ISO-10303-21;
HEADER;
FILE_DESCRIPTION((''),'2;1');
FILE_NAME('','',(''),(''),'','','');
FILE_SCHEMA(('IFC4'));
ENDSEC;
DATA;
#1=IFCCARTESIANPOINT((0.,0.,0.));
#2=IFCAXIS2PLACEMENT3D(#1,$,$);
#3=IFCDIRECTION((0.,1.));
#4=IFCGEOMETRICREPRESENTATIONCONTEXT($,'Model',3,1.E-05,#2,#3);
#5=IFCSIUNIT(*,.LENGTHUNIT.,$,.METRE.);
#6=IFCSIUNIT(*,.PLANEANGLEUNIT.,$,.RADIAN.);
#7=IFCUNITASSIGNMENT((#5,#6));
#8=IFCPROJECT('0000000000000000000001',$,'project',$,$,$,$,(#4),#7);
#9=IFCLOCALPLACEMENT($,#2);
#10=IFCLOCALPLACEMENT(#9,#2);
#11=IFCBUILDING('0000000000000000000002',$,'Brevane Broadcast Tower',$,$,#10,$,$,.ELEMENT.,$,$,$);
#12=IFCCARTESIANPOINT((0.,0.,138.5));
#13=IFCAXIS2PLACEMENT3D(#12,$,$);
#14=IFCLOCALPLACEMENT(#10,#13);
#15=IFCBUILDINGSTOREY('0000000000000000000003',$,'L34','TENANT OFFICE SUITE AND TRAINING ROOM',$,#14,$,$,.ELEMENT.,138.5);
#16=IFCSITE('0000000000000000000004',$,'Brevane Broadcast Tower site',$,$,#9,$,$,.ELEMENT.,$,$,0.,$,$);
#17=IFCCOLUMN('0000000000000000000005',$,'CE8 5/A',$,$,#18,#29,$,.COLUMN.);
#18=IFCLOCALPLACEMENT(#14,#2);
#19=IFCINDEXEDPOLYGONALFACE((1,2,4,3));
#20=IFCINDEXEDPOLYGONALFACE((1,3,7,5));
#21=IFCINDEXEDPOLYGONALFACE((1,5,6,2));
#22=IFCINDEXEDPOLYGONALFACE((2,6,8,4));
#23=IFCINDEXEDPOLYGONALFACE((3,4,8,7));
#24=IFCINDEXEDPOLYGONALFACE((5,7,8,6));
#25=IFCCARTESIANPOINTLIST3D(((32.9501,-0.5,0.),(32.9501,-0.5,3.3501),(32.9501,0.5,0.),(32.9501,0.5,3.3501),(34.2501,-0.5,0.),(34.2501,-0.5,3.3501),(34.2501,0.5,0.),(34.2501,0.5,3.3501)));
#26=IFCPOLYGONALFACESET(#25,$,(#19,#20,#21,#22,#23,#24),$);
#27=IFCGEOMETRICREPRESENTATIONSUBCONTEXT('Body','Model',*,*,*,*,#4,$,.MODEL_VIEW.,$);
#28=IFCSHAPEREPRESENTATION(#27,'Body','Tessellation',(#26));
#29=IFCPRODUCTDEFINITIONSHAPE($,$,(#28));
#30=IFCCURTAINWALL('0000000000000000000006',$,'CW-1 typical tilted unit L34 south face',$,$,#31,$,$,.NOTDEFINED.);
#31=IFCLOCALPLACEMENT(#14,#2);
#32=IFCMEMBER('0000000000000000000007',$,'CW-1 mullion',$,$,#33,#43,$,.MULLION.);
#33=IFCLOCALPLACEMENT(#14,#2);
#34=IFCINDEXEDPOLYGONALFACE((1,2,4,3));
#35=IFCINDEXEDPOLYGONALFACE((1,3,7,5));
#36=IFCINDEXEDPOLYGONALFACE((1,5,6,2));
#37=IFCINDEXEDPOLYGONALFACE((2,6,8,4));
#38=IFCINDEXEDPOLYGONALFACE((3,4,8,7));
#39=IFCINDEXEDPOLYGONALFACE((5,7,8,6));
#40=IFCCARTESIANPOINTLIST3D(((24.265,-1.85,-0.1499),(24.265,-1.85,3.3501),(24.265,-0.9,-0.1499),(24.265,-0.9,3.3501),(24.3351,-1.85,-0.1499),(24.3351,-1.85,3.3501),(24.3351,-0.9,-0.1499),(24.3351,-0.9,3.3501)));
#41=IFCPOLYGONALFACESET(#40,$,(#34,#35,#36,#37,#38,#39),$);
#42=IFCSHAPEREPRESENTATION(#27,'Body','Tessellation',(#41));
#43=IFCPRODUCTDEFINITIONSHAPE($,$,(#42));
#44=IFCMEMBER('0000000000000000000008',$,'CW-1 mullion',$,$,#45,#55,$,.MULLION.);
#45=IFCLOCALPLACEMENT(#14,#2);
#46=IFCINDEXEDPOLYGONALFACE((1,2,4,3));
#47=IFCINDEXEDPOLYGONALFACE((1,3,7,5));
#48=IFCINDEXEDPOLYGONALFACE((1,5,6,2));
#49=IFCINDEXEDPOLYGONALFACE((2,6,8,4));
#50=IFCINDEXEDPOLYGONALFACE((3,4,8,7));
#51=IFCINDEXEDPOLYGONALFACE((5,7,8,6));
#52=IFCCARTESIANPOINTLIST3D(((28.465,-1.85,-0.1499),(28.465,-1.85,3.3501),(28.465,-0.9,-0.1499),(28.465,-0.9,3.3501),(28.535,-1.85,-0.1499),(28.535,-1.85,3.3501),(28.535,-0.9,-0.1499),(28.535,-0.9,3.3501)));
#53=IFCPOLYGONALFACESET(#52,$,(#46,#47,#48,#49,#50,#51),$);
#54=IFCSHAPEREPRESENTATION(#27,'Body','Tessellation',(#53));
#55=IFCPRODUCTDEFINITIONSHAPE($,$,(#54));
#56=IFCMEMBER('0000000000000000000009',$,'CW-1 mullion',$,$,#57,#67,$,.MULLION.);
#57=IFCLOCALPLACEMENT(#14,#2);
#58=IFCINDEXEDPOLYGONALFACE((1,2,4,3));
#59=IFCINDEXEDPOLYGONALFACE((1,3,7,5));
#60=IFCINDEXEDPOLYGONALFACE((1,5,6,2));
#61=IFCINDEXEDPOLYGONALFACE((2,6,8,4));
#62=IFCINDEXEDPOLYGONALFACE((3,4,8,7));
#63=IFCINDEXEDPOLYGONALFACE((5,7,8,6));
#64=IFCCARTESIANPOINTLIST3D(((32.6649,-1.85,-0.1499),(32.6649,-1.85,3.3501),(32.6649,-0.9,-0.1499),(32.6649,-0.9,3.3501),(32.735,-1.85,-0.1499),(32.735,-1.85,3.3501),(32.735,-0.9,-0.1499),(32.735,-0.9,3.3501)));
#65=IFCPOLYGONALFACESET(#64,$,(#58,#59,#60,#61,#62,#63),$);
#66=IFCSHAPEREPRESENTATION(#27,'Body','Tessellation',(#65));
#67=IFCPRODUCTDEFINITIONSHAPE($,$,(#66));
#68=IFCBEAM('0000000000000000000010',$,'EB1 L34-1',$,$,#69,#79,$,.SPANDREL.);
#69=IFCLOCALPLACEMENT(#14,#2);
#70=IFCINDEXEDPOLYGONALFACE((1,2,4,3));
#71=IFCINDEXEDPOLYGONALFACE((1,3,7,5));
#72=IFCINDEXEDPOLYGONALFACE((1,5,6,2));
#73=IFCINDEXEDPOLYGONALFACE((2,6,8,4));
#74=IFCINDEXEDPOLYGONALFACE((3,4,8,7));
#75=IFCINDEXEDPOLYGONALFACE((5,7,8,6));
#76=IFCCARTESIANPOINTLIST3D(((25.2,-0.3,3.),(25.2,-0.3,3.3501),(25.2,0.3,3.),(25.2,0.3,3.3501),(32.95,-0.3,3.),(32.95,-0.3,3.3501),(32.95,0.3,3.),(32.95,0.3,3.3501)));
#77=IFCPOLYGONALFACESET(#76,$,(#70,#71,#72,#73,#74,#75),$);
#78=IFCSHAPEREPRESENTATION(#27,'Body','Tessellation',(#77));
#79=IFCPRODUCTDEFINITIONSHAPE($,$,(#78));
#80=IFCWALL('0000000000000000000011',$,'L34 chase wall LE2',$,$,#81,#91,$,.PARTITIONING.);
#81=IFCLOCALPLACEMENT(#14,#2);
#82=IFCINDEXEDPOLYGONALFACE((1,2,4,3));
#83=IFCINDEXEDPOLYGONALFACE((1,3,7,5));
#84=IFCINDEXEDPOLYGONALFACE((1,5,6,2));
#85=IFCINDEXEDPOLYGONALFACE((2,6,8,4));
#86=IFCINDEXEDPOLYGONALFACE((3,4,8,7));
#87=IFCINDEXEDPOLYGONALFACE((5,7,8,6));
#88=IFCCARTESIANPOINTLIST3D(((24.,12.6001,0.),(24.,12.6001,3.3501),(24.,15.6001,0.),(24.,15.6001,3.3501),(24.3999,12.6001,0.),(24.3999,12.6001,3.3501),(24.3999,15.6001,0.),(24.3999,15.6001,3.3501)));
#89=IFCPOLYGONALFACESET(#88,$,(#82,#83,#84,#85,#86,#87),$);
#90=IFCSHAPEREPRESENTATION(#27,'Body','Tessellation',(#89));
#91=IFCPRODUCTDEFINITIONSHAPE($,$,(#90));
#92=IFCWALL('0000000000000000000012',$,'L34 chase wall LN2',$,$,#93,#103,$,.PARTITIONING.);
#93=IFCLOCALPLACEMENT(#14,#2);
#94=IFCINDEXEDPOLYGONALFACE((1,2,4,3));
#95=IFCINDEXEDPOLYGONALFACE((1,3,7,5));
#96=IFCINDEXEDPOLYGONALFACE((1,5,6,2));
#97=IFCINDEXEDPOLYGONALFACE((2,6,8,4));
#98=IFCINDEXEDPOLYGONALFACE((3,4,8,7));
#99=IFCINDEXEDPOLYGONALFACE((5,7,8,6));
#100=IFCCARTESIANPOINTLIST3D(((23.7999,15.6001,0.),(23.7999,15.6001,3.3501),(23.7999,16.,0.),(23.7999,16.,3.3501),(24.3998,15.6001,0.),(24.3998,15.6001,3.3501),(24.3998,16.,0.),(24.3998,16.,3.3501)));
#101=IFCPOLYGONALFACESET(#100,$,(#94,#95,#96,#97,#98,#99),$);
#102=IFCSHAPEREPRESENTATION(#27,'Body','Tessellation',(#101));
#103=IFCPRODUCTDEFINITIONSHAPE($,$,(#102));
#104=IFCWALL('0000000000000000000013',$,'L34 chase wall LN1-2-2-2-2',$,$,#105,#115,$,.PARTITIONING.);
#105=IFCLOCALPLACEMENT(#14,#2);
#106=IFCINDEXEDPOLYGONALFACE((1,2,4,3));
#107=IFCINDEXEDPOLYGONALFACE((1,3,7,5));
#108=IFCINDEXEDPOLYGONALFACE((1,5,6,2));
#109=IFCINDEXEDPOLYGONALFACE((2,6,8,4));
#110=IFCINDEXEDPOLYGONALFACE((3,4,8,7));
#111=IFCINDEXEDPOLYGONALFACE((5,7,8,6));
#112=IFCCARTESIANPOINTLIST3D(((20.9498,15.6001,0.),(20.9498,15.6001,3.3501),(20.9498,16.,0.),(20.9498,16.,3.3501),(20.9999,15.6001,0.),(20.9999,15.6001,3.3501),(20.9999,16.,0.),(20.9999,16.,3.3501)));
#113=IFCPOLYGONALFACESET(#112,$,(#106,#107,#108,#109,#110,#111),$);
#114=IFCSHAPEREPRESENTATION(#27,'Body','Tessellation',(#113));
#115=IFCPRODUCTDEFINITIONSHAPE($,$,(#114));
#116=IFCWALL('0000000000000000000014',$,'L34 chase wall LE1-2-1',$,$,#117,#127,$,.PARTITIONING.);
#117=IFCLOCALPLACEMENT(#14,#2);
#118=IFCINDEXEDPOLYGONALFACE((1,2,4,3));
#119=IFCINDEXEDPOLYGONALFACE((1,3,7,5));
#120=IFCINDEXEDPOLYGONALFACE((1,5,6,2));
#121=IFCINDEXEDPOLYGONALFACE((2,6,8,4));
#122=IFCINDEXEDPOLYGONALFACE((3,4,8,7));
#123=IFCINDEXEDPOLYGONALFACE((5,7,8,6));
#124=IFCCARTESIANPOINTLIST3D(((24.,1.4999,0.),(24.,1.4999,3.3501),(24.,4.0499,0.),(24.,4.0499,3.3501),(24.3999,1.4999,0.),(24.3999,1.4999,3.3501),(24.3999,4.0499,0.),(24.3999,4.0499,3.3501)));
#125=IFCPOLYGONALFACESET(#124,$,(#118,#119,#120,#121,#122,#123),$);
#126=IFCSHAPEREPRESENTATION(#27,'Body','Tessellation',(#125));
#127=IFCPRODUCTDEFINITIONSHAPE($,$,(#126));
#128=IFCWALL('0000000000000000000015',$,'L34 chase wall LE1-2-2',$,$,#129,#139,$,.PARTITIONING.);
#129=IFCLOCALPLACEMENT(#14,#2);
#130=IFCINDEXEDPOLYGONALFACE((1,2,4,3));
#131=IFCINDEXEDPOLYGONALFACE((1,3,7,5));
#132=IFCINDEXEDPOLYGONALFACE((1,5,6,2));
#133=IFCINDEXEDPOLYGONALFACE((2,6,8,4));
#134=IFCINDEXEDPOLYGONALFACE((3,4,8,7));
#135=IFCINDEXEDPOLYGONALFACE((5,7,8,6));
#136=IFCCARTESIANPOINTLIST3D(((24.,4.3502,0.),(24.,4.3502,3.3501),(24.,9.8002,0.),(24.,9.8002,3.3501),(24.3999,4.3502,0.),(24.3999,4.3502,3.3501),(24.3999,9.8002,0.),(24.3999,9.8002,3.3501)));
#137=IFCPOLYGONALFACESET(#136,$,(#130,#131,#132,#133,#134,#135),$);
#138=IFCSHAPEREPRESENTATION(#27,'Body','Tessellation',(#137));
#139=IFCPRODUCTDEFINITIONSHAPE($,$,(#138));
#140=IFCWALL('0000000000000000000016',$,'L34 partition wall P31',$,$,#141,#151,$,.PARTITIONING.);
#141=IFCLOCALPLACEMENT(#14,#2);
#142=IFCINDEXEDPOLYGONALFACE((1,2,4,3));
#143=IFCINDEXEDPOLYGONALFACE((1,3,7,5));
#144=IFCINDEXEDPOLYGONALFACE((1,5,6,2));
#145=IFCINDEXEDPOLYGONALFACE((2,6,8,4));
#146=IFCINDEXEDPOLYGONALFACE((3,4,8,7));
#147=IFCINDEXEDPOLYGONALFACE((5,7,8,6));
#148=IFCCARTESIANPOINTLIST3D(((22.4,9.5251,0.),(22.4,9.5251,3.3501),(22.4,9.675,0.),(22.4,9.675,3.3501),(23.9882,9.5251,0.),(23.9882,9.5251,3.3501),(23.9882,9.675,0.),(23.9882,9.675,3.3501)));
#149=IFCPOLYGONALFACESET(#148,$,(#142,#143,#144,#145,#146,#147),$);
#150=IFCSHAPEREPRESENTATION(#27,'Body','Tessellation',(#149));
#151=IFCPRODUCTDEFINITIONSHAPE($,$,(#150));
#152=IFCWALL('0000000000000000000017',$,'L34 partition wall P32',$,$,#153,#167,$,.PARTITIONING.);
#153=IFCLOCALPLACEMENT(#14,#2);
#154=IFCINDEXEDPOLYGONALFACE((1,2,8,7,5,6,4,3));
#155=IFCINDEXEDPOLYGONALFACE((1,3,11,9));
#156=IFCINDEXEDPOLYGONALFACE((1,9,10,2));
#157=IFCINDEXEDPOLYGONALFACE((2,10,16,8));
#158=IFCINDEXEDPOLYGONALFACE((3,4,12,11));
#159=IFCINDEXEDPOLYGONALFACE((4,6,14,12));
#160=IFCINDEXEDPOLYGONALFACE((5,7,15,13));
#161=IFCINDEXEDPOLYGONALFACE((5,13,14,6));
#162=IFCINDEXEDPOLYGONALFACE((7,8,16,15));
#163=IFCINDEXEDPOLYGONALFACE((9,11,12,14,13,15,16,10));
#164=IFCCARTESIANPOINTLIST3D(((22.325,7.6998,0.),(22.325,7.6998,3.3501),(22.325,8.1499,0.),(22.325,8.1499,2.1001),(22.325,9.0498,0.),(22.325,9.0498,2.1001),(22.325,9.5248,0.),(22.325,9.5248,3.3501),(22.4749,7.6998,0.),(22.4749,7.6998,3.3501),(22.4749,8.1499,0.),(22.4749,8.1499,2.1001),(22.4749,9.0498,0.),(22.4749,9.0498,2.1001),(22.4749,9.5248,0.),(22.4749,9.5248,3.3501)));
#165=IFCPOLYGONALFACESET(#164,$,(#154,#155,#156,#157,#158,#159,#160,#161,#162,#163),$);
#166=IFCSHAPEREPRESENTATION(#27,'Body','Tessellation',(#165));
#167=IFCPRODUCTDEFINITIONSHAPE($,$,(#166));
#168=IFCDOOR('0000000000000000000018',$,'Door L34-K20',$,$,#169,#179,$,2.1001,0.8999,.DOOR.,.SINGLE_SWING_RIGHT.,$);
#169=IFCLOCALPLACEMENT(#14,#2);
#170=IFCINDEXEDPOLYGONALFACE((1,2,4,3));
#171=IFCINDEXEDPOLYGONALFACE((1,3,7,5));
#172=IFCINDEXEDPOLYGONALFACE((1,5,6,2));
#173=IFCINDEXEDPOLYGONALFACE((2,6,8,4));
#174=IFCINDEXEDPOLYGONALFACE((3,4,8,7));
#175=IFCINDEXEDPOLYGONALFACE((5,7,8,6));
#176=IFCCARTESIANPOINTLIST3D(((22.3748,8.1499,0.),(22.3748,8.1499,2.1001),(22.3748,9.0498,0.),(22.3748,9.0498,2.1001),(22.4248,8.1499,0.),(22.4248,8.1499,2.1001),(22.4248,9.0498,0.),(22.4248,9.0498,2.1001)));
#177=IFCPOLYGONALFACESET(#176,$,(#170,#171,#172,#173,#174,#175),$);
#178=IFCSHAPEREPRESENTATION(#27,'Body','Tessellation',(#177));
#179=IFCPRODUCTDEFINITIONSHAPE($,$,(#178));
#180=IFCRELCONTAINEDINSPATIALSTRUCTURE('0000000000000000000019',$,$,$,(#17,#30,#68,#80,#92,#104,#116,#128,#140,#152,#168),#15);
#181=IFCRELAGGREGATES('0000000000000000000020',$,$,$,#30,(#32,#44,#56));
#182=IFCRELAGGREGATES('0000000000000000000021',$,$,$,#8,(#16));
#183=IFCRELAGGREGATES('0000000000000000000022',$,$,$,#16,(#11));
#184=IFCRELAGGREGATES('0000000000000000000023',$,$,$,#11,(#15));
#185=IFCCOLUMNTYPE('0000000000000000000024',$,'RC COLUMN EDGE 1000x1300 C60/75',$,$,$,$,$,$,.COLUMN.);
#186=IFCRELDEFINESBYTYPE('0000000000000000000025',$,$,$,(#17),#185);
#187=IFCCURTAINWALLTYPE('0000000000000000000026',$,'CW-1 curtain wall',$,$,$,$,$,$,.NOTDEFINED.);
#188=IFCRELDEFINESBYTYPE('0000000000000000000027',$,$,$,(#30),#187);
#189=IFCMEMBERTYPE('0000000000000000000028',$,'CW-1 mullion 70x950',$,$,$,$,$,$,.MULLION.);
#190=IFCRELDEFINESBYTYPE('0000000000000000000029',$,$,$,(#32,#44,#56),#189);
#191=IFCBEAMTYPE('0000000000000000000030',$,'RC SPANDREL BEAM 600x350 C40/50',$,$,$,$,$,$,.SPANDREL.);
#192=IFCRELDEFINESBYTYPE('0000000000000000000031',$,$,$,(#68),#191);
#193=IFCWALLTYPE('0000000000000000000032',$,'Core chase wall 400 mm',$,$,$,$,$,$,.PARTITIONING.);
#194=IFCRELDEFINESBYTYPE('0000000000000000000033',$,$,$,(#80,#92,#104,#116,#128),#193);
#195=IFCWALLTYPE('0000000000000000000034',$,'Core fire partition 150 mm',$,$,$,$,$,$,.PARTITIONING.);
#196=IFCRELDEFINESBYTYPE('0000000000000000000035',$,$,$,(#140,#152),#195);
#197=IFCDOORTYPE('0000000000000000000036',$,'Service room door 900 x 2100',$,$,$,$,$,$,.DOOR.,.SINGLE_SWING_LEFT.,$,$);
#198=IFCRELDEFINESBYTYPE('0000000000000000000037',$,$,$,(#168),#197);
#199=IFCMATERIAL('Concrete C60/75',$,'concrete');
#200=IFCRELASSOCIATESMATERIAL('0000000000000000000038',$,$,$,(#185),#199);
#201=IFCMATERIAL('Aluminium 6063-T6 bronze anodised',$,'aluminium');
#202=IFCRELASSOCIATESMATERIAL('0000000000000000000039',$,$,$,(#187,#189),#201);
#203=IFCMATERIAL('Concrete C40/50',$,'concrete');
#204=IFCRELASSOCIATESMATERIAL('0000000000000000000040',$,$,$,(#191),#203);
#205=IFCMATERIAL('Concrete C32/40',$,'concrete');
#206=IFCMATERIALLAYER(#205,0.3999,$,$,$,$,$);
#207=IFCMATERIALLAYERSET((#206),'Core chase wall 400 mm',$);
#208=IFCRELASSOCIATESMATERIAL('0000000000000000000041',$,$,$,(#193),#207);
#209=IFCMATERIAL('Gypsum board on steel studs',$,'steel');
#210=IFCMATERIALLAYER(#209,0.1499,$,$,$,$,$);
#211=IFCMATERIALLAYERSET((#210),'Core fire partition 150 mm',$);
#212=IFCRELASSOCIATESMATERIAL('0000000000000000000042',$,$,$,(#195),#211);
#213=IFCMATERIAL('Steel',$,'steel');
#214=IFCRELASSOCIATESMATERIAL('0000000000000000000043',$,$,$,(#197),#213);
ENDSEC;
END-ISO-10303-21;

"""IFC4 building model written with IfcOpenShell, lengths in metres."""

from ifc_helpers import new_model, si_unit, direction, frame, frame_2d, origin, origin_2d, place, context, subcontext, project, spatial, rectangle, extrude, material, layer, layer_set, material_profile, profile_set, type_object, element, fill, aggregate, save


model = new_model("IFC4")

# Units and contexts
model_context = context("Model", 3, precision=1e-05, world=origin(), true_north=direction((0.0, 1.0)))
body_context = subcontext(model_context, "Body", "Model", "MODEL_VIEW")
ifc_project = project(units=[si_unit("LENGTHUNIT", "METRE"), si_unit("PLANEANGLEUNIT", "RADIAN")], contexts=[model_context])

# Site, building, storey
site_placement = place(None, origin())
site = spatial("IfcSite", under=ifc_project, at=site_placement, Name="Brevane Broadcast Tower site", CompositionType="ELEMENT", RefElevation=0.0)
building_placement = place(site_placement, origin())
building = spatial("IfcBuilding", under=site, at=building_placement, Name="Brevane Broadcast Tower", CompositionType="ELEMENT")
storey_placement = place(building_placement, frame((0.0, 0.0, 138.5)))
storey = spatial("IfcBuildingStorey", under=building, at=storey_placement, Name="L34", Description="TENANT OFFICE SUITE AND TRAINING ROOM", CompositionType="ELEMENT", Elevation=138.5)

# Column
ifc_material_1 = material(Name="Concrete C60/75", Category="concrete")
ifc_material_profile_1 = material_profile(ifc_material_1, rectangle(XDim=1.0, YDim=1.3, at=origin_2d()), Name="RC 1000x1300")
ifc_profile_set_1 = profile_set([ifc_material_profile_1], Name="Concrete C60/75")
column_type = type_object("IfcColumnType", Name="RC COLUMN EDGE 1000x1300 C60/75", PredefinedType="COLUMN", material=ifc_profile_set_1)
column_placement = place(storey_placement, frame((33.6001, 0.0, 0.0), z_axis=(0.0, 0.0, 1.0), x_axis=(0.0, 1.0, 0.0)))
element("IfcColumn", 1, at=column_placement, inside=storey, type_object=column_type, Name="CE8 5/A", PredefinedType="COLUMN", context=body_context, shape_type="SweptSolid", body=[
    extrude(rectangle(XDim=1.0, YDim=1.3, at=origin_2d()), origin(), (0.0, 0.0, 1.0), 3.3501),
])

# Curtain wall, members
ifc_material_2 = material(Name="Aluminium 6063-T6 bronze anodised", Category="aluminium")
curtain_wall_type = type_object("IfcCurtainWallType", Name="CW-1 curtain wall", PredefinedType="NOTDEFINED", material=ifc_material_2)
curtain_wall_placement = place(storey_placement, origin())
curtain_wall = element("IfcCurtainWall", 2, at=curtain_wall_placement, inside=storey, type_object=curtain_wall_type, Name="CW-1 typical tilted unit L34 south face", PredefinedType="NOTDEFINED")
ifc_material_profile_2 = material_profile(ifc_material_2, rectangle(XDim=0.95, YDim=0.0701, at=origin_2d()), Name="RECT 70x950")
ifc_profile_set_2 = profile_set([ifc_material_profile_2], Name="Aluminium 6063-T6 bronze anodised")
member_type = type_object("IfcMemberType", Name="CW-1 mullion 70x950", PredefinedType="MULLION", material=ifc_profile_set_2)
member_1_placement = place(storey_placement, frame((24.3, -1.375, -0.1499), z_axis=(0.0, 0.0, 1.0), x_axis=(0.0, 1.0, 0.0)))
member_1 = element("IfcMember", 3, at=member_1_placement, type_object=member_type, Name="CW-1 mullion", PredefinedType="MULLION", context=body_context, shape_type="SweptSolid", body=[
    extrude(rectangle(XDim=0.95, YDim=0.0701, at=origin_2d()), origin(), (0.0, 0.0, 1.0), 3.5),
])
member_2_placement = place(storey_placement, frame((28.5, -1.375, -0.1499), z_axis=(0.0, 0.0, 1.0), x_axis=(0.0, 1.0, 0.0)))
member_2 = element("IfcMember", 4, at=member_2_placement, type_object=member_type, Name="CW-1 mullion", PredefinedType="MULLION", context=body_context, shape_type="SweptSolid", body=[
    extrude(rectangle(XDim=0.95, YDim=0.0701, at=origin_2d()), origin(), (0.0, 0.0, 1.0), 3.5),
])
member_3_placement = place(storey_placement, frame((32.7, -1.375, -0.1499), z_axis=(0.0, 0.0, 1.0), x_axis=(0.0, 1.0, 0.0)))
member_3 = element("IfcMember", 5, at=member_3_placement, type_object=member_type, Name="CW-1 mullion", PredefinedType="MULLION", context=body_context, shape_type="SweptSolid", body=[
    extrude(rectangle(XDim=0.95, YDim=0.0701, at=origin_2d()), origin(), (0.0, 0.0, 1.0), 3.5),
])
aggregate(curtain_wall, [member_1, member_2, member_3])

# Beam
ifc_material_3 = material(Name="Concrete C40/50", Category="concrete")
ifc_material_profile_3 = material_profile(ifc_material_3, rectangle(XDim=0.6001, YDim=0.3501, at=origin_2d()), Name="RC 600x350")
ifc_profile_set_3 = profile_set([ifc_material_profile_3], Name="Concrete C40/50")
beam_type = type_object("IfcBeamType", Name="RC SPANDREL BEAM 600x350 C40/50", PredefinedType="SPANDREL", material=ifc_profile_set_3)
beam_placement = place(storey_placement, frame((25.2, 0.0, 3.175), z_axis=(1.0, 0.0, 0.0), x_axis=(0.0, 1.0, 0.0)))
element("IfcBeam", 6, at=beam_placement, inside=storey, type_object=beam_type, Name="EB1 L34-1", PredefinedType="SPANDREL", context=body_context, shape_type="SweptSolid", body=[
    extrude(rectangle(XDim=0.6001, YDim=0.3501, at=origin_2d()), origin(), (0.0, 0.0, 1.0), 7.75),
])

# Walls
ifc_material_4 = material(Name="Concrete C32/40", Category="concrete")
ifc_layer_1 = layer(ifc_material_4, 0.3999)
ifc_layer_set_1 = layer_set([ifc_layer_1], Name="Core chase wall 400 mm")
wall_type_1 = type_object("IfcWallType", Name="Core chase wall 400 mm", PredefinedType="PARTITIONING", material=ifc_layer_set_1)
wall_1_placement = place(storey_placement, frame((24.2, 12.6001, 0.0), z_axis=(0.0, 0.0, 1.0), x_axis=(0.0, 1.0, 0.0)))
element("IfcWall", 7, at=wall_1_placement, inside=storey, type_object=wall_type_1, Name="L34 chase wall LE2", PredefinedType="PARTITIONING", context=body_context, shape_type="SweptSolid", body=[
    extrude(rectangle(XDim=3.0, YDim=0.3999, at=frame_2d((1.5, 0.0))), origin(), (0.0, 0.0, 1.0), 3.3501),
])
wall_2_placement = place(storey_placement, frame((23.8, 15.8, 0.0), z_axis=(0.0, 0.0, 1.0), x_axis=(1.0, 0.0, 0.0)))
element("IfcWall", 8, at=wall_2_placement, inside=storey, type_object=wall_type_1, Name="L34 chase wall LN2", PredefinedType="PARTITIONING", context=body_context, shape_type="SweptSolid", body=[
    extrude(rectangle(XDim=0.5999, YDim=0.3999, at=frame_2d((0.2998, 0.0))), origin(), (0.0, 0.0, 1.0), 3.3501),
])
wall_3_placement = place(storey_placement, frame((20.95, 15.8, 0.0), z_axis=(0.0, 0.0, 1.0), x_axis=(1.0, 0.0, 0.0)))
element("IfcWall", 9, at=wall_3_placement, inside=storey, type_object=wall_type_1, Name="L34 chase wall LN1-2-2-2-2", PredefinedType="PARTITIONING", context=body_context, shape_type="SweptSolid", body=[
    extrude(rectangle(XDim=0.05, YDim=0.3999, at=frame_2d((0.0249, 0.0))), origin(), (0.0, 0.0, 1.0), 3.3501),
])
wall_4_placement = place(storey_placement, frame((24.2, 1.5, 0.0), z_axis=(0.0, 0.0, 1.0), x_axis=(0.0, 1.0, 0.0)))
element("IfcWall", 10, at=wall_4_placement, inside=storey, type_object=wall_type_1, Name="L34 chase wall LE1-2-1", PredefinedType="PARTITIONING", context=body_context, shape_type="SweptSolid", body=[
    extrude(rectangle(XDim=2.55, YDim=0.3999, at=frame_2d((1.2749, 0.0))), origin(), (0.0, 0.0, 1.0), 3.3501),
])
wall_5_placement = place(storey_placement, frame((24.2, 4.3501, 0.0), z_axis=(0.0, 0.0, 1.0), x_axis=(0.0, 1.0, 0.0)))
element("IfcWall", 11, at=wall_5_placement, inside=storey, type_object=wall_type_1, Name="L34 chase wall LE1-2-2", PredefinedType="PARTITIONING", context=body_context, shape_type="SweptSolid", body=[
    extrude(rectangle(XDim=5.45, YDim=0.3999, at=frame_2d((2.7251, 0.0))), origin(), (0.0, 0.0, 1.0), 3.3501),
])
ifc_material_5 = material(Name="Gypsum board on steel studs", Category="steel")
ifc_layer_2 = layer(ifc_material_5, 0.1499)
ifc_layer_set_2 = layer_set([ifc_layer_2], Name="Core fire partition 150 mm")
wall_type_2 = type_object("IfcWallType", Name="Core fire partition 150 mm", PredefinedType="PARTITIONING", material=ifc_layer_set_2)
wall_6_placement = place(storey_placement, frame((23.988, 9.6001, 0.0), z_axis=(0.0, 0.0, 1.0), x_axis=(-1.0, 0.0, 0.0)))
element("IfcWall", 12, at=wall_6_placement, inside=storey, type_object=wall_type_2, Name="L34 partition wall P31", PredefinedType="PARTITIONING", context=body_context, shape_type="SweptSolid", body=[
    extrude(rectangle(XDim=1.5881, YDim=0.1499, at=frame_2d((0.7939, 0.0))), origin(), (0.0, 0.0, 1.0), 3.3501),
])

# Wall, opening, door
wall_7_placement = place(storey_placement, frame((22.3999, 9.5249, 0.0), z_axis=(0.0, 0.0, 1.0), x_axis=(0.0, -1.0, 0.0)))
wall_7 = element("IfcWall", 13, at=wall_7_placement, inside=storey, type_object=wall_type_2, Name="L34 partition wall P32", PredefinedType="PARTITIONING", context=body_context, shape_type="SweptSolid", body=[
    extrude(rectangle(XDim=1.825, YDim=0.1499, at=frame_2d((0.9126, 0.0))), origin(), (0.0, 0.0, 1.0), 3.3501),
])
opening_1_placement = place(wall_7_placement, frame((0.4751, 0.0, 0.0)))
opening_1 = element("IfcOpeningElement", 14, at=opening_1_placement, cuts=wall_7, PredefinedType="OPENING", context=body_context, shape_type="SweptSolid", body=[
    extrude(rectangle(XDim=0.8999, YDim=2.1001, at=frame_2d((0.45, 1.05))), frame((0.0, 0.085, 0.0), z_axis=(0.0, -1.0, 0.0), x_axis=(1.0, 0.0, 0.0)), (0.0, 0.0, 1.0), 0.1699),
])
ifc_material_6 = material(Name="Steel", Category="steel")
door_type_1 = type_object("IfcDoorType", Name="Service room door 900 x 2100", OperationType="SINGLE_SWING_LEFT", PredefinedType="DOOR", material=ifc_material_6)
door_1_placement = place(opening_1_placement, origin())
door_1 = element("IfcDoor", 15, at=door_1_placement, inside=storey, type_object=door_type_1, Name="Door L34-K20", OperationType="SINGLE_SWING_RIGHT", OverallHeight=2.1001, OverallWidth=0.8999, PredefinedType="DOOR", context=body_context, shape_type="SweptSolid", body=[
    extrude(rectangle(XDim=0.8999, YDim=2.1001, at=frame_2d((0.45, 1.05))), frame((0.0, 0.0249, 0.0), z_axis=(0.0, -1.0, 0.0), x_axis=(1.0, 0.0, 0.0)), (0.0, 0.0, 1.0), 0.05),
])
fill(opening_1, door_1)

save(model, "model.ifc")
